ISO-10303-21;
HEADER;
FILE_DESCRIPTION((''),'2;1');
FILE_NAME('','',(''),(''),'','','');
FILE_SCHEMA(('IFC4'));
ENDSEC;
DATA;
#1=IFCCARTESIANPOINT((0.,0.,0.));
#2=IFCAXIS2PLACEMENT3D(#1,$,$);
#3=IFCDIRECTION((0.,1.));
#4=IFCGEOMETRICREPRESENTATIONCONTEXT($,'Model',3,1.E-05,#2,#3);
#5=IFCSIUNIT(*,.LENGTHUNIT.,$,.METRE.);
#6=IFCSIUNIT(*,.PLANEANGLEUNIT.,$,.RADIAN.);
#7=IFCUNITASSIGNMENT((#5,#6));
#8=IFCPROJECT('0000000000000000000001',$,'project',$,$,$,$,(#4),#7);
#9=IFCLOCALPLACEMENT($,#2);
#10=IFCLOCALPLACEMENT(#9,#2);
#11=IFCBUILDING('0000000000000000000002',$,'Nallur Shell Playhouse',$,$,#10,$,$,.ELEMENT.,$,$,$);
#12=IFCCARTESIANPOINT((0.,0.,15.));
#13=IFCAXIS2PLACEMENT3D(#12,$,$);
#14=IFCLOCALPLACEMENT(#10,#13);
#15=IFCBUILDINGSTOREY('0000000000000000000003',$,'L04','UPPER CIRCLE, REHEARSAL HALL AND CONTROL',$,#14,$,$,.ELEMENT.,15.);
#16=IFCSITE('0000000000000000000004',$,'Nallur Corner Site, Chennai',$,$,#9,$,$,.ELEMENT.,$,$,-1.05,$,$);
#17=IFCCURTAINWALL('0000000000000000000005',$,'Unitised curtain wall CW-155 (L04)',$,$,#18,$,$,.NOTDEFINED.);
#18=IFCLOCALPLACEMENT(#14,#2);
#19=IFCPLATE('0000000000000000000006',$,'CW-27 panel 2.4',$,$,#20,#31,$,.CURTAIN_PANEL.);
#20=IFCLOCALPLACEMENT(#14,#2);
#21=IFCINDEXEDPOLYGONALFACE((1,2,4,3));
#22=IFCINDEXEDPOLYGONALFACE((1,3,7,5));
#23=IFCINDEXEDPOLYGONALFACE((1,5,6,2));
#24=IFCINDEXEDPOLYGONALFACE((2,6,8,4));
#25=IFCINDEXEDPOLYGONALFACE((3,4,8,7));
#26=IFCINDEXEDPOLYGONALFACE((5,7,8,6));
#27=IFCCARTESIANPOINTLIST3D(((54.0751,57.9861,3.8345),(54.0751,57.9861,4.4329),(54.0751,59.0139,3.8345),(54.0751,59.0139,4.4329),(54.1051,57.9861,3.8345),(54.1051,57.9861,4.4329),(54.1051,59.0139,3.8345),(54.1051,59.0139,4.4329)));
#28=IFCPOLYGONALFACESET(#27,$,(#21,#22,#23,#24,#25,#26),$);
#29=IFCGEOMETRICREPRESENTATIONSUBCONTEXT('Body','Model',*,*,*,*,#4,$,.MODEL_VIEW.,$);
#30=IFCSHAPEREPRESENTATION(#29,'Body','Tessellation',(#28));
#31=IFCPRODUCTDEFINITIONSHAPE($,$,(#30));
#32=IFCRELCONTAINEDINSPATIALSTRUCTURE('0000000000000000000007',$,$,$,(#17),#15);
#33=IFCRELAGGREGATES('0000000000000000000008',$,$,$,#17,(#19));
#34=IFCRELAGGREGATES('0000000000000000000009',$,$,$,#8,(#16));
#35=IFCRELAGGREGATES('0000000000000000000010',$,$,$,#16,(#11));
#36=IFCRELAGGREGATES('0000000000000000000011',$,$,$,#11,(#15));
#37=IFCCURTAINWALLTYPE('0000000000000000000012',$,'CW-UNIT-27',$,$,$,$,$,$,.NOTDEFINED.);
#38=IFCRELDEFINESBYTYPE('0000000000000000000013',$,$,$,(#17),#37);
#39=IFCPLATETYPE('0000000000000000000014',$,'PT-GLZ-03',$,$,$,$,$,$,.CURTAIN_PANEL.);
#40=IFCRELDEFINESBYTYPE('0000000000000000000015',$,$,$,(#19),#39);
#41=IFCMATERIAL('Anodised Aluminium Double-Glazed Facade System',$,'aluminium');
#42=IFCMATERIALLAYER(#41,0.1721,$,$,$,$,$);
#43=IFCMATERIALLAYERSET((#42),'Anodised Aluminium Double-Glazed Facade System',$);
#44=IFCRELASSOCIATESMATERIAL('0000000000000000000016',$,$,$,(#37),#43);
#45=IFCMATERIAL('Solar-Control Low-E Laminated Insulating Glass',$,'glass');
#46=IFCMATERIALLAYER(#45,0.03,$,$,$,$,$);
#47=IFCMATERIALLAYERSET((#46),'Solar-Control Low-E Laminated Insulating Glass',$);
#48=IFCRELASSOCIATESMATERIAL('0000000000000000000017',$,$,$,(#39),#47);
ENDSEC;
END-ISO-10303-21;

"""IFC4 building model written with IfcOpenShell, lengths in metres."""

from ifc_helpers import new_model, si_unit, direction, frame, origin, origin_2d, place, context, subcontext, project, spatial, rectangle, extrude, material, layer, layer_set, type_object, element, aggregate, save


model = new_model("IFC4")

# Units and contexts
model_context = context("Model", 3, precision=1e-05, world=origin(), true_north=direction((0.0, 1.0)))
body_context = subcontext(model_context, "Body", "Model", "MODEL_VIEW")
ifc_project = project(units=[si_unit("LENGTHUNIT", "METRE"), si_unit("PLANEANGLEUNIT", "RADIAN")], contexts=[model_context])

# Site, building, storey
site_placement = place(None, origin())
site = spatial("IfcSite", under=ifc_project, at=site_placement, Name="Nallur Corner Site, Chennai", CompositionType="ELEMENT", RefElevation=-1.05)
building_placement = place(site_placement, origin())
building = spatial("IfcBuilding", under=site, at=building_placement, Name="Nallur Shell Playhouse", CompositionType="ELEMENT")
storey_placement = place(building_placement, frame((0.0, 0.0, 15.0)))
storey = spatial("IfcBuildingStorey", under=building, at=storey_placement, Name="L04", Description="UPPER CIRCLE, REHEARSAL HALL AND CONTROL", CompositionType="ELEMENT", Elevation=15.0)

# Curtain wall
ifc_material_1 = material(Name="Anodised Aluminium Double-Glazed Facade System", Category="aluminium")
ifc_layer_1 = layer(ifc_material_1, 0.1721)
ifc_layer_set_1 = layer_set([ifc_layer_1], Name="Anodised Aluminium Double-Glazed Facade System")
curtain_wall_type_1 = type_object("IfcCurtainWallType", Name="CW-UNIT-27", PredefinedType="NOTDEFINED", material=ifc_layer_set_1)
curtain_wall_1_placement = place(storey_placement, origin())
curtain_wall_1 = element("IfcCurtainWall", 1, at=curtain_wall_1_placement, inside=storey, type_object=curtain_wall_type_1, Name="Unitised curtain wall CW-155 (L04)", PredefinedType="NOTDEFINED")

# Plate
ifc_material_2 = material(Name="Solar-Control Low-E Laminated Insulating Glass", Category="glass")
ifc_layer_2 = layer(ifc_material_2, 0.03)
ifc_layer_set_2 = layer_set([ifc_layer_2], Name="Solar-Control Low-E Laminated Insulating Glass")
plate_type_1 = type_object("IfcPlateType", Name="PT-GLZ-03", PredefinedType="CURTAIN_PANEL", material=ifc_layer_set_2)
plate_1_placement = place(storey_placement, frame((54.0901, 58.5, 3.8345), z_axis=(0.0, 0.0, 1.0), x_axis=(0.0, 1.0, 0.0)))
plate_1 = element("IfcPlate", 2, at=plate_1_placement, type_object=plate_type_1, Name="CW-27 panel 2.4", PredefinedType="CURTAIN_PANEL", context=body_context, shape_type="SweptSolid", body=[
    extrude(rectangle(XDim=1.0278, YDim=0.03, at=origin_2d()), origin(), (0.0, 0.0, 1.0), 0.5984),
])
aggregate(curtain_wall_1, [plate_1])

save(model, "model.ifc")
